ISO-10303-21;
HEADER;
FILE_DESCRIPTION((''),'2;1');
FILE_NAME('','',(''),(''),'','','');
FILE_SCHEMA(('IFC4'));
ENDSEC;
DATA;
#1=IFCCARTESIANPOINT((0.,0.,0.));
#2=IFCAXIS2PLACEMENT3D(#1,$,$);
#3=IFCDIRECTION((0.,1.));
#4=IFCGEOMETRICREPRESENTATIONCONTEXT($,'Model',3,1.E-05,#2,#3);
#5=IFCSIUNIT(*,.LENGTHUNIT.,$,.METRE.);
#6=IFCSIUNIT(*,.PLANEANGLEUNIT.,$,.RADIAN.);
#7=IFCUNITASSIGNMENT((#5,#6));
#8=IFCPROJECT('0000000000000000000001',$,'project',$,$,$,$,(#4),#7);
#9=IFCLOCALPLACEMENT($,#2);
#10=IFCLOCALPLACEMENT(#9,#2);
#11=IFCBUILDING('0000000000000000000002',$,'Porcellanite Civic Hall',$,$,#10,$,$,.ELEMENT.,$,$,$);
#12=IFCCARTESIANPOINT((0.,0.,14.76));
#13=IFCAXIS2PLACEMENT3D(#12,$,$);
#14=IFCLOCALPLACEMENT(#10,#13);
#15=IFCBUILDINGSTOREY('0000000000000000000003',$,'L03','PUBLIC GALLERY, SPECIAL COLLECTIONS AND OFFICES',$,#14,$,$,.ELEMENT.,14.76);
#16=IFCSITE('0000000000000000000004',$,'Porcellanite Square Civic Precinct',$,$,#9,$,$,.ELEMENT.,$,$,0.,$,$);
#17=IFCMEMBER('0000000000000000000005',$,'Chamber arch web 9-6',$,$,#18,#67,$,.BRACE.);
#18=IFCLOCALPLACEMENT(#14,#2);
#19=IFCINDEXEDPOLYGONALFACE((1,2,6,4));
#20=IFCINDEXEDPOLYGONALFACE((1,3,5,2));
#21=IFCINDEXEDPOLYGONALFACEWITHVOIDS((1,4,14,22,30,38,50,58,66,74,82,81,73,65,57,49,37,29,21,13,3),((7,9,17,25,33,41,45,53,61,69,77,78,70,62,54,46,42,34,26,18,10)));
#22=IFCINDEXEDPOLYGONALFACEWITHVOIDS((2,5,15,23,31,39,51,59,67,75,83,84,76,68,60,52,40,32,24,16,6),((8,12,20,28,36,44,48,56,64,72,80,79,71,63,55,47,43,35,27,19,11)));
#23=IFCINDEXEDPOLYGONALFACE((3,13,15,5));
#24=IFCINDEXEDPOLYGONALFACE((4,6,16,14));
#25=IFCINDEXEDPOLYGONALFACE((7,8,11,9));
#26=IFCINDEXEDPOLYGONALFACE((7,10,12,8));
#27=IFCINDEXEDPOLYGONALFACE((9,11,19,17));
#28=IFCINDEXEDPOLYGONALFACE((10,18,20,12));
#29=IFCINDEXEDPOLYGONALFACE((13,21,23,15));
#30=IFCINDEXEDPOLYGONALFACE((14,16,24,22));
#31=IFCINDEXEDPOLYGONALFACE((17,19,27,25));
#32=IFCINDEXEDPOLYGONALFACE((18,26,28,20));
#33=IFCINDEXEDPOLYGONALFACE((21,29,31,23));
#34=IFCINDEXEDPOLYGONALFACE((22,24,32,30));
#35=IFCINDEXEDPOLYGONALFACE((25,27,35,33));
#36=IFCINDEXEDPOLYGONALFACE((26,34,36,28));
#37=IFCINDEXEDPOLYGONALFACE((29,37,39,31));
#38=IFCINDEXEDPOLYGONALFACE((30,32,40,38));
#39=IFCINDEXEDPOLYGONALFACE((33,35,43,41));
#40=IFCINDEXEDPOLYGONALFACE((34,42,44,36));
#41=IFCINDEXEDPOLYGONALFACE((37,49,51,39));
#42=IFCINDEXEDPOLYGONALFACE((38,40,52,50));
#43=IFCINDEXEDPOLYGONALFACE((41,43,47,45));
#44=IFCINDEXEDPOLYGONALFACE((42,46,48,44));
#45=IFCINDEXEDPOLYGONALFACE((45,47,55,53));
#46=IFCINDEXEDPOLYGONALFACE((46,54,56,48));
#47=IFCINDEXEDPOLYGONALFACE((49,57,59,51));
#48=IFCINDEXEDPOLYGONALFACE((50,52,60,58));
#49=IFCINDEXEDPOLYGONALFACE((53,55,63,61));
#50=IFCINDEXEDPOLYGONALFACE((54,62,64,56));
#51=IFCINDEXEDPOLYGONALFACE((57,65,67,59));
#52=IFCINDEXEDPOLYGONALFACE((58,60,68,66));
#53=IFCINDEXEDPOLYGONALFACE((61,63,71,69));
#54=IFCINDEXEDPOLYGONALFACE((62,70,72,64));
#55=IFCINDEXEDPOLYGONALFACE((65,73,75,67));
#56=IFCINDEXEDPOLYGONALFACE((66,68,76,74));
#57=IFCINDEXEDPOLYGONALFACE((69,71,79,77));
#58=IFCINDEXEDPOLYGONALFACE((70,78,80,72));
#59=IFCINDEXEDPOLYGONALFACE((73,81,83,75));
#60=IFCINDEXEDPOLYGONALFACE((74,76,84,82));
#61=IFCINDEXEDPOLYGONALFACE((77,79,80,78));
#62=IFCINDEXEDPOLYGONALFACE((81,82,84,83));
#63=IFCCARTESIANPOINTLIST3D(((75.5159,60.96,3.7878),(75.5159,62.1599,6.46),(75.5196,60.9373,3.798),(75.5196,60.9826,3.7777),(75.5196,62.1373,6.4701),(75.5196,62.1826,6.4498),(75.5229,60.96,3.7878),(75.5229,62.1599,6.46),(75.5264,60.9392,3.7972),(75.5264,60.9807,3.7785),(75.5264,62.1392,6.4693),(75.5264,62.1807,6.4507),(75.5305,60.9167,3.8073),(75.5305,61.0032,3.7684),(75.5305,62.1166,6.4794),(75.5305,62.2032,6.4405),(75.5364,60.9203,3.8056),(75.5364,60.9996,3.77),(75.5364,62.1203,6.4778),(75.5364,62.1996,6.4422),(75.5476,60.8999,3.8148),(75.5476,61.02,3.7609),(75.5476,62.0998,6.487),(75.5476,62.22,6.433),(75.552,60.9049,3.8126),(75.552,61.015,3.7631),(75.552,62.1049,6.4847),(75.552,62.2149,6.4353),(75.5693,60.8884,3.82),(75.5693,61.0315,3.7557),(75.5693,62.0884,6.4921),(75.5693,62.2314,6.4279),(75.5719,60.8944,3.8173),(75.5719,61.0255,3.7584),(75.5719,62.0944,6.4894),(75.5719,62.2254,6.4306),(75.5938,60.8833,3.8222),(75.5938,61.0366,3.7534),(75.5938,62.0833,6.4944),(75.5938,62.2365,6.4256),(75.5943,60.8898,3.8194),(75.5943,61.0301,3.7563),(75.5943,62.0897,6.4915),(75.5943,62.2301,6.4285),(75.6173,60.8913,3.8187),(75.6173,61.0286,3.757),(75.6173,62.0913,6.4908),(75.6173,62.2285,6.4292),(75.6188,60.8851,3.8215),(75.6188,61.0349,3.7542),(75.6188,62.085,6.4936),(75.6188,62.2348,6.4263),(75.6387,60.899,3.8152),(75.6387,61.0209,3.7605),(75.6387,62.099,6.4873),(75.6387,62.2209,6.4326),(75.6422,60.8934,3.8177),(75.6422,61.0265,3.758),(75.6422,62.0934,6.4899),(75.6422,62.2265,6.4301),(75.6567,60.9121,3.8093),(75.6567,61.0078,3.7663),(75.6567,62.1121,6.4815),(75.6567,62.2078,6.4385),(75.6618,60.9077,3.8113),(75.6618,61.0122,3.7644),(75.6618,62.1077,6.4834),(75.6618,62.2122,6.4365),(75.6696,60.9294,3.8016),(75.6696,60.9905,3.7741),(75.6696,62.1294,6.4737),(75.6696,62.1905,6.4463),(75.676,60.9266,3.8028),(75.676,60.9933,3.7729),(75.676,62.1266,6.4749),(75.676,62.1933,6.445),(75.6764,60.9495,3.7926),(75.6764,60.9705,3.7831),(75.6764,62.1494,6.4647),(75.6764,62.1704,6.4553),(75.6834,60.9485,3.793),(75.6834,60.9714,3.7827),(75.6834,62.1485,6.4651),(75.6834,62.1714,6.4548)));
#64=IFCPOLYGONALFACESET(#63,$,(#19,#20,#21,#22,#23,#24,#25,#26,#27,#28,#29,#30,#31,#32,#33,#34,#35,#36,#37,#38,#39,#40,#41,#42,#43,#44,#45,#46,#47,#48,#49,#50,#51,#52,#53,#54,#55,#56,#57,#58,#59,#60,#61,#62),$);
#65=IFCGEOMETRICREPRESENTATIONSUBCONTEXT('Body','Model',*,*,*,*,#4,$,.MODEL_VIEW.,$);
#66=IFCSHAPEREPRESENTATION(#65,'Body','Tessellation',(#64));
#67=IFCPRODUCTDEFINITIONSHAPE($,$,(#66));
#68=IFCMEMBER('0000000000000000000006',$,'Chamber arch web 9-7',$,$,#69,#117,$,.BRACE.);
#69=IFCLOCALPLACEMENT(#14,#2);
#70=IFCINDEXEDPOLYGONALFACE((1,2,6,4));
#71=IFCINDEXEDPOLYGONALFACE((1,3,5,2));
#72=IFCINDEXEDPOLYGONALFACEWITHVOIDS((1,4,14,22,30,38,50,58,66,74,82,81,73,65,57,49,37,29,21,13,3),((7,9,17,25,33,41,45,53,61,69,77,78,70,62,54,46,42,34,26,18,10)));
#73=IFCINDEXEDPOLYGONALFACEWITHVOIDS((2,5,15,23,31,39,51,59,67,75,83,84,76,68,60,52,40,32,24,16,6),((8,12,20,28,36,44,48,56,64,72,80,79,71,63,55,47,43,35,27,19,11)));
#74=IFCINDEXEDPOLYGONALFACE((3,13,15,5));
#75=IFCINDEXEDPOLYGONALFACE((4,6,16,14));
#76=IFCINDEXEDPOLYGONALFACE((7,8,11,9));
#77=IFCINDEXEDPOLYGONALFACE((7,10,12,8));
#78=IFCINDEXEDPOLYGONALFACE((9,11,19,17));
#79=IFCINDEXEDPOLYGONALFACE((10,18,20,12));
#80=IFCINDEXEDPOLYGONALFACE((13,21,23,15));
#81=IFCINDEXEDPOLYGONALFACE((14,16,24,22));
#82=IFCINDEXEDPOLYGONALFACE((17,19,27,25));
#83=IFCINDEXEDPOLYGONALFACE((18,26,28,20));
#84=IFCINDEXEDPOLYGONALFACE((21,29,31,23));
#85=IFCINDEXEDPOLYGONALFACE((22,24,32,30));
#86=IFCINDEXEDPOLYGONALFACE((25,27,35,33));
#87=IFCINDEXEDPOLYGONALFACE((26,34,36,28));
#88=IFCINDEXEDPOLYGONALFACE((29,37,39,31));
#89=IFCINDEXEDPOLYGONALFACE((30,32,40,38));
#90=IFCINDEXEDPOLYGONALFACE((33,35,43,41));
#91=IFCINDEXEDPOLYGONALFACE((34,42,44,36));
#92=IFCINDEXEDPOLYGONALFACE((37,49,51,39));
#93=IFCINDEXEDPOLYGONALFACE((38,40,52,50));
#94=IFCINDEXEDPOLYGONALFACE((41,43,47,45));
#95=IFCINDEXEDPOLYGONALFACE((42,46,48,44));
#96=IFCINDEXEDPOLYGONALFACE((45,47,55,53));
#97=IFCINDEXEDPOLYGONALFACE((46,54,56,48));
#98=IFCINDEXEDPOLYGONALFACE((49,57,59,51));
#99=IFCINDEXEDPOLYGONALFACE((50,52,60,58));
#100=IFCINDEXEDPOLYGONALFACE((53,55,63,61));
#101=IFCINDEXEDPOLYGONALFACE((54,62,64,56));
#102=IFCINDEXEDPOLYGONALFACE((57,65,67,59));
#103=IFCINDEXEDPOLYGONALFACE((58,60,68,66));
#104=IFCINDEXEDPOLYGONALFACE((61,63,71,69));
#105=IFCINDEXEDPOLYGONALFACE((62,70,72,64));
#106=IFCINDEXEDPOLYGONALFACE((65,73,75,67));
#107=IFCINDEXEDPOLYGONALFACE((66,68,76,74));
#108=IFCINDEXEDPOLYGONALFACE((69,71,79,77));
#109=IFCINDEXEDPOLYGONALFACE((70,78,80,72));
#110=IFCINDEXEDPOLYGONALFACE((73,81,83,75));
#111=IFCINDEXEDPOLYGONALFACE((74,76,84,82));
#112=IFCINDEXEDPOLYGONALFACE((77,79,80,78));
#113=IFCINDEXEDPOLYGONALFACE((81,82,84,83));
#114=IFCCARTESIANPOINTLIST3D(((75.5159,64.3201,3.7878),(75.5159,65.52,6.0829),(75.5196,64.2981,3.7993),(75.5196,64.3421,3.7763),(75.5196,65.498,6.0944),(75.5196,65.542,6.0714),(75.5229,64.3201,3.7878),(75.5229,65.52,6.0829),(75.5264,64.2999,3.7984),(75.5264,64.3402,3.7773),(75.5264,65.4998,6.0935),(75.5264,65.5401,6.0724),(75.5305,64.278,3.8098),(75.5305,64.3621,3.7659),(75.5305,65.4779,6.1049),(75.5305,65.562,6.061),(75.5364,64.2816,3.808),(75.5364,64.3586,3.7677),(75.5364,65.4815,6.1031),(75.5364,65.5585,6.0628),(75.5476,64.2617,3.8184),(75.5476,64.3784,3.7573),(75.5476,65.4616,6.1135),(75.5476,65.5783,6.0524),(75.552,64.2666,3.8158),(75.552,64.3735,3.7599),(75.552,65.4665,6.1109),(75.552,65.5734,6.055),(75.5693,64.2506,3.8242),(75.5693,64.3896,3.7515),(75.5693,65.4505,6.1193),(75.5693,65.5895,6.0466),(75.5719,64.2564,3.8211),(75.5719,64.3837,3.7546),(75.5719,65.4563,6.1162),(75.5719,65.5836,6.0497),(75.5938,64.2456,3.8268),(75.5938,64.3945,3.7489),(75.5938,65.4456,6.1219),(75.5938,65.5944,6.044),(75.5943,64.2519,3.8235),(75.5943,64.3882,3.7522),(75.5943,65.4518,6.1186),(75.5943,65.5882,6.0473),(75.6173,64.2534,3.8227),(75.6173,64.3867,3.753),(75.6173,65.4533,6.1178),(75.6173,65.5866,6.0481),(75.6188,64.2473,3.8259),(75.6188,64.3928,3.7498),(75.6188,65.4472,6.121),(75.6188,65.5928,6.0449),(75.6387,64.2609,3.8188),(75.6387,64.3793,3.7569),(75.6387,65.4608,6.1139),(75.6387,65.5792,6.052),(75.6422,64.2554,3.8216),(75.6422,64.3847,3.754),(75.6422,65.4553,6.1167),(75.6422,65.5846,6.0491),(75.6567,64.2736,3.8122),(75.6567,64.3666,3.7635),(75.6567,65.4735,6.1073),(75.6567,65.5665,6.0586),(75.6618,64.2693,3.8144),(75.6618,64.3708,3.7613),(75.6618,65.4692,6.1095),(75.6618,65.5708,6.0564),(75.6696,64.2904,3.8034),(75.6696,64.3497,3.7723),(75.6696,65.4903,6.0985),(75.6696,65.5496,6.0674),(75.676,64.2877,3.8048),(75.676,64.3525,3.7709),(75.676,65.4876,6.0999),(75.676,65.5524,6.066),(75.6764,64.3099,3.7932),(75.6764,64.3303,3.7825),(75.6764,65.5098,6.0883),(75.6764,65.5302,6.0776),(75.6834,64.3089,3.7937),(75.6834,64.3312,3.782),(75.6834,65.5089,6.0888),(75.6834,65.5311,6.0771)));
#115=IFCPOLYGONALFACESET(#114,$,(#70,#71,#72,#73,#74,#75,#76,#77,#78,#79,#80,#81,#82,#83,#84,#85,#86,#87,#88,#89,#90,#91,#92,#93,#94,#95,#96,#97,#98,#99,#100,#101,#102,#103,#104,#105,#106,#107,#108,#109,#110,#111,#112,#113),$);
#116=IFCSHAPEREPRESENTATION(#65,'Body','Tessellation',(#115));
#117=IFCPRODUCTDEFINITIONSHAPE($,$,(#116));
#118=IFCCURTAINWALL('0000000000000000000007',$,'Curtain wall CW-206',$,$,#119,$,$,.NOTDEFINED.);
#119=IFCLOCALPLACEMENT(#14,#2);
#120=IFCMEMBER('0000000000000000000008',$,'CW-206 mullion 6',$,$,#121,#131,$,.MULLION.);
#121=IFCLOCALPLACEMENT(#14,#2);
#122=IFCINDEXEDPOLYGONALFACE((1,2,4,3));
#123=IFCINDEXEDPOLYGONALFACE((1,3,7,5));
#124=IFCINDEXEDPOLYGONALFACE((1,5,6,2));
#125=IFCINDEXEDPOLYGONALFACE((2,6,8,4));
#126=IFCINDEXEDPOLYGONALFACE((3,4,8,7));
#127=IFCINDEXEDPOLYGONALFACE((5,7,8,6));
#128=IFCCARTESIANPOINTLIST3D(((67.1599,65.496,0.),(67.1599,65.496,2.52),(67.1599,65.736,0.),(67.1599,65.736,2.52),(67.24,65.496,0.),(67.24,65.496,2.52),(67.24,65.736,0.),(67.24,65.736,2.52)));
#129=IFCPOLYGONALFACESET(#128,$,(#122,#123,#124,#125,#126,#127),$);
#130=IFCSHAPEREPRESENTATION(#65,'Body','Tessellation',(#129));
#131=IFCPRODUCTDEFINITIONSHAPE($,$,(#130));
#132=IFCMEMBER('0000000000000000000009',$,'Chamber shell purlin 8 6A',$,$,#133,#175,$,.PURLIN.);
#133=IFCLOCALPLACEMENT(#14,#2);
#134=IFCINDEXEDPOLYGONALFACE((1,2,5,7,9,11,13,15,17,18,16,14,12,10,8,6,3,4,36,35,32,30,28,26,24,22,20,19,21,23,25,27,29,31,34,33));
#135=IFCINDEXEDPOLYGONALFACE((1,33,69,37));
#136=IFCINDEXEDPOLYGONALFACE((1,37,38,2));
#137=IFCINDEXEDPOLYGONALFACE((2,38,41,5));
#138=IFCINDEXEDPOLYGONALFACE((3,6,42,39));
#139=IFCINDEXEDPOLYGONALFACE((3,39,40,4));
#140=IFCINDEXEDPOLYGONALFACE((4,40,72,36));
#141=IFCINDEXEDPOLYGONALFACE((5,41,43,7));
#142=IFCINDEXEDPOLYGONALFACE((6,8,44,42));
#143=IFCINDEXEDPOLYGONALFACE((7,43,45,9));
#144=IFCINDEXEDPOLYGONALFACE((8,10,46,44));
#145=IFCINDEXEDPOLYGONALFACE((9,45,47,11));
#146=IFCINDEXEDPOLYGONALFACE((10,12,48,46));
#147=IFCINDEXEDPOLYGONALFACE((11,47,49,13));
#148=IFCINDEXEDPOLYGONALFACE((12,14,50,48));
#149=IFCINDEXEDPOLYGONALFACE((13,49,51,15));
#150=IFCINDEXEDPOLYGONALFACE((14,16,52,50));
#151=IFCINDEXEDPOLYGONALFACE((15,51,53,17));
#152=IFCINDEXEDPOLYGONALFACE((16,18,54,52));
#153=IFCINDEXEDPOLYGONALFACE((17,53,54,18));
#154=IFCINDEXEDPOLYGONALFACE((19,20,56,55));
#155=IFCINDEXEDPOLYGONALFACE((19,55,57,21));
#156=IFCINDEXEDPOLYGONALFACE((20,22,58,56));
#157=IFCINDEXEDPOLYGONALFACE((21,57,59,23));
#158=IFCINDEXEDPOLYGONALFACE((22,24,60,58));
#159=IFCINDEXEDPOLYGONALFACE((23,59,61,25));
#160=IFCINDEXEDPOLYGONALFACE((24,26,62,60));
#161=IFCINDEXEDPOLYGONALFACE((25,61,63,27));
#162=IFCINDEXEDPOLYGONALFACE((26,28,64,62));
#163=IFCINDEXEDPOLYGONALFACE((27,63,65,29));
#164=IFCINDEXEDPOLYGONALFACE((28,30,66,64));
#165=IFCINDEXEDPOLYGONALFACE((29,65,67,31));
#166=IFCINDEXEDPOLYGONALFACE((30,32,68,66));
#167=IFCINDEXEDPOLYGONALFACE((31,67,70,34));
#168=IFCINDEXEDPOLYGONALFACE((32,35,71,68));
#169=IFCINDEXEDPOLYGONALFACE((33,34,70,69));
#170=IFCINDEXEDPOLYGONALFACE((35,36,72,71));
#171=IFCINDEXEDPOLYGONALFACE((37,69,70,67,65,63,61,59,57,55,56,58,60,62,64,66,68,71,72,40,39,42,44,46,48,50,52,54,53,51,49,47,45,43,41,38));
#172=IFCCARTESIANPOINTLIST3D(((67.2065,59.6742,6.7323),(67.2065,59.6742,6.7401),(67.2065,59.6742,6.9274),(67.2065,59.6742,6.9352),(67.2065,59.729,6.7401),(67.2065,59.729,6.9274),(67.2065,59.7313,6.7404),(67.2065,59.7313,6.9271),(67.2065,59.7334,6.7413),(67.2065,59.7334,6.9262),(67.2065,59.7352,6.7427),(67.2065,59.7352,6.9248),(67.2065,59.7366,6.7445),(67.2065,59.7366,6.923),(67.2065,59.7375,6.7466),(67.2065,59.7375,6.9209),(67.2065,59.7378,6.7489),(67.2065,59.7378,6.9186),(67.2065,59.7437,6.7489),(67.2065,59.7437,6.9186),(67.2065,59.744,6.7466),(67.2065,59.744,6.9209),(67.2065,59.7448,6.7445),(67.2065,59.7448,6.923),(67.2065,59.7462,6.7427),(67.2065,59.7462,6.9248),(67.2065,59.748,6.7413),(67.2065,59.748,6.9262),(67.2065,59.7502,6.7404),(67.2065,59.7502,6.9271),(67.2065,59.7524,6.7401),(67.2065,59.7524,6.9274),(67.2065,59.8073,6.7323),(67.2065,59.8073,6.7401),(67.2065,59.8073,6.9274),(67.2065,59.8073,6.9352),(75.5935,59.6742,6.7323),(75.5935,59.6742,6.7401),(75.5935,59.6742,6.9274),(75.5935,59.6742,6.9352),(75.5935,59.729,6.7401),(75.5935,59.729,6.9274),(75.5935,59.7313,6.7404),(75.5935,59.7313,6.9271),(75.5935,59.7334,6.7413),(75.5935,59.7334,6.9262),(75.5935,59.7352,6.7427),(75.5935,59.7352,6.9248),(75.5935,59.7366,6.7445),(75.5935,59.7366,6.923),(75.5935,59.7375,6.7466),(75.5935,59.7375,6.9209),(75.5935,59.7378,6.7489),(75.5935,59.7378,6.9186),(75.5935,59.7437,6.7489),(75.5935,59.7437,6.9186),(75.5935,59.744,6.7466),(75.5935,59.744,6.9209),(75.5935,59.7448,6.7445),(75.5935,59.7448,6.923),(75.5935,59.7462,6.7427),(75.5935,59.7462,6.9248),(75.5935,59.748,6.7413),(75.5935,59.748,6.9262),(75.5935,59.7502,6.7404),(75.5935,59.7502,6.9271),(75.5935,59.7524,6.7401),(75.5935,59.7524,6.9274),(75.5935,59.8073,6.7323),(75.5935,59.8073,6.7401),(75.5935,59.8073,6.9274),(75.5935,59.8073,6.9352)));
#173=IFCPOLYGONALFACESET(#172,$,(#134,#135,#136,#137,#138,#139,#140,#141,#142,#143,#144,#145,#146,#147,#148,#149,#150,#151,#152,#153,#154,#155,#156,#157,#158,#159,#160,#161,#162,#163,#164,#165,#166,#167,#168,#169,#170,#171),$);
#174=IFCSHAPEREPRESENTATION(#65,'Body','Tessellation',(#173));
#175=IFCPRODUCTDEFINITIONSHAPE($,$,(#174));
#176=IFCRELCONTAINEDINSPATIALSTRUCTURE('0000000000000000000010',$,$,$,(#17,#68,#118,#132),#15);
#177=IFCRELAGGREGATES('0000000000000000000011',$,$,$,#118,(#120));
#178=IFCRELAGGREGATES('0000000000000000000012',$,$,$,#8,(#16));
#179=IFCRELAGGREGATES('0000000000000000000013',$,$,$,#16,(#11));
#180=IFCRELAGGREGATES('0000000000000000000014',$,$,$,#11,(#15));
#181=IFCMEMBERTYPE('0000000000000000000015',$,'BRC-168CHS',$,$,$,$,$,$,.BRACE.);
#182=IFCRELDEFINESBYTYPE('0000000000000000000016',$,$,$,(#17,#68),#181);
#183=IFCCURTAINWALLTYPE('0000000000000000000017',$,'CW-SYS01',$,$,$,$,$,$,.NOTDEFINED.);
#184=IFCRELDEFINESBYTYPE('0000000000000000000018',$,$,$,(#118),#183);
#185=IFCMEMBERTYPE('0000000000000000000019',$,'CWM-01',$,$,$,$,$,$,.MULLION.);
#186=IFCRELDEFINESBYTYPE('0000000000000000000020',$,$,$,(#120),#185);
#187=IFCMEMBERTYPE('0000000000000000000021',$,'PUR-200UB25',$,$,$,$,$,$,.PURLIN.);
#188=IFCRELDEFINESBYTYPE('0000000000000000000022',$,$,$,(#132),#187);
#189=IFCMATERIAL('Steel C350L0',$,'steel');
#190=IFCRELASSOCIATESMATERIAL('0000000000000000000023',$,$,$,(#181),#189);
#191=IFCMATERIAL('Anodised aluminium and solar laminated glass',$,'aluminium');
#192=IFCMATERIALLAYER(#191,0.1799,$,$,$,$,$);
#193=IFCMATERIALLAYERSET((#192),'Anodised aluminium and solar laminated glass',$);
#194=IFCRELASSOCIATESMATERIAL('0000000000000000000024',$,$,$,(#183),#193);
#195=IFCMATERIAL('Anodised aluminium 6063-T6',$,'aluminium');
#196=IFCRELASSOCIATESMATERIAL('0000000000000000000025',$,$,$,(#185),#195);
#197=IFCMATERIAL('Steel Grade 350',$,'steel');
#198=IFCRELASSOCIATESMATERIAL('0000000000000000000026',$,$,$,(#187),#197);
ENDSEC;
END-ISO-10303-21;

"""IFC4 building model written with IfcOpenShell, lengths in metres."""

from ifc_helpers import new_model, si_unit, direction, frame, origin, origin_2d, place, context, subcontext, project, spatial, rectangle, hollow_circle, i_section, extrude, material, layer, layer_set, material_profile, profile_set, type_object, element, aggregate, save


model = new_model("IFC4")

# Units and contexts
model_context = context("Model", 3, precision=1e-05, world=origin(), true_north=direction((0.0, 1.0)))
body_context = subcontext(model_context, "Body", "Model", "MODEL_VIEW")
ifc_project = project(units=[si_unit("LENGTHUNIT", "METRE"), si_unit("PLANEANGLEUNIT", "RADIAN")], contexts=[model_context])

# Site, building, storey
site_placement = place(None, origin())
site = spatial("IfcSite", under=ifc_project, at=site_placement, Name="Porcellanite Square Civic Precinct", CompositionType="ELEMENT", RefElevation=0.0)
building_placement = place(site_placement, origin())
building = spatial("IfcBuilding", under=site, at=building_placement, Name="Porcellanite Civic Hall", CompositionType="ELEMENT")
storey_placement = place(building_placement, frame((0.0, 0.0, 14.76)))
storey = spatial("IfcBuildingStorey", under=building, at=storey_placement, Name="L03", Description="PUBLIC GALLERY, SPECIAL COLLECTIONS AND OFFICES", CompositionType="ELEMENT", Elevation=14.76)

# Members
ifc_material_1 = material(Name="Steel C350L0", Category="steel")
ifc_material_profile_1 = material_profile(ifc_material_1, hollow_circle(Radius=0.0842, WallThickness=0.0071, at=origin_2d()), Name="168.3x7.1CHS")
ifc_profile_set_1 = profile_set([ifc_material_profile_1], Name="Steel C350L0")
member_type_1 = type_object("IfcMemberType", Name="BRC-168CHS", PredefinedType="BRACE", material=ifc_profile_set_1)
member_1_placement = place(storey_placement, frame((75.6001, 60.96, 3.7878), z_axis=(0.0, 0.409654, 0.912241), x_axis=(-1.0, 0.0, 0.0)))
element("IfcMember", 1, at=member_1_placement, inside=storey, type_object=member_type_1, Name="Chamber arch web 9-6", PredefinedType="BRACE", context=body_context, shape_type="SweptSolid", body=[
    extrude(hollow_circle(Radius=0.0842, WallThickness=0.0071, at=origin_2d()), origin(), (0.0, 0.0, 1.0), 2.9292),
])
member_2_placement = place(storey_placement, frame((75.6001, 64.3201, 3.7878), z_axis=(0.0, 0.463316, 0.886193), x_axis=(-1.0, 0.0, 0.0)))
element("IfcMember", 2, at=member_2_placement, inside=storey, type_object=member_type_1, Name="Chamber arch web 9-7", PredefinedType="BRACE", context=body_context, shape_type="SweptSolid", body=[
    extrude(hollow_circle(Radius=0.0842, WallThickness=0.0071, at=origin_2d()), origin(), (0.0, 0.0, 1.0), 2.5898),
])

# Curtain wall, member
ifc_material_2 = material(Name="Anodised aluminium and solar laminated glass", Category="aluminium")
ifc_layer_1 = layer(ifc_material_2, 0.1799)
ifc_layer_set_1 = layer_set([ifc_layer_1], Name="Anodised aluminium and solar laminated glass")
curtain_wall_type = type_object("IfcCurtainWallType", Name="CW-SYS01", PredefinedType="NOTDEFINED", material=ifc_layer_set_1)
curtain_wall_placement = place(storey_placement, origin())
curtain_wall = element("IfcCurtainWall", 3, at=curtain_wall_placement, inside=storey, type_object=curtain_wall_type, Name="Curtain wall CW-206", PredefinedType="NOTDEFINED")
ifc_material_3 = material(Name="Anodised aluminium 6063-T6", Category="aluminium")
ifc_material_profile_2 = material_profile(ifc_material_3, rectangle(XDim=0.0801, YDim=0.24, at=origin_2d()), Name="AL-80x240")
ifc_profile_set_2 = profile_set([ifc_material_profile_2], Name="Anodised aluminium 6063-T6")
member_type_2 = type_object("IfcMemberType", Name="CWM-01", PredefinedType="MULLION", material=ifc_profile_set_2)
member_3_placement = place(storey_placement, frame((67.2, 65.616, 0.0), z_axis=(0.0, 0.0, 1.0), x_axis=(-1.0, 0.0, 0.0)))
member_3 = element("IfcMember", 4, at=member_3_placement, type_object=member_type_2, Name="CW-206 mullion 6", PredefinedType="MULLION", context=body_context, shape_type="SweptSolid", body=[
    extrude(rectangle(XDim=0.0801, YDim=0.24, at=origin_2d()), origin(), (0.0, 0.0, 1.0), 2.52),
])
aggregate(curtain_wall, [member_3])

# Member
ifc_material_4 = material(Name="Steel Grade 350", Category="steel")
ifc_material_profile_3 = material_profile(ifc_material_4, i_section(OverallWidth=0.1331, OverallDepth=0.2029, WebThickness=0.0059, FlangeThickness=0.0078, FilletRadius=0.0088, at=origin_2d()), Name="200UB25.4")
ifc_profile_set_3 = profile_set([ifc_material_profile_3], Name="Steel Grade 350")
member_type_3 = type_object("IfcMemberType", Name="PUR-200UB25", PredefinedType="PURLIN", material=ifc_profile_set_3)
for number, where, z_axis, x_axis, name in (
    (5, (67.2065, 59.7407, 6.8337), (1.0, 0.0, 0.0), (0.0, 1.0, 0.0), "Chamber shell purlin 8 6A"),
):
    element("IfcMember", number, at=place(storey_placement, frame(where, z_axis=z_axis, x_axis=x_axis)), inside=storey, type_object=member_type_3, Name=name, PredefinedType="PURLIN", context=body_context, shape_type="SweptSolid", body=[
        extrude(i_section(OverallWidth=0.1331, OverallDepth=0.2029, WebThickness=0.0059, FlangeThickness=0.0078, FilletRadius=0.0088, at=origin_2d()), origin(), (0.0, 0.0, 1.0), 8.387),
    ])

save(model, "model.ifc")
